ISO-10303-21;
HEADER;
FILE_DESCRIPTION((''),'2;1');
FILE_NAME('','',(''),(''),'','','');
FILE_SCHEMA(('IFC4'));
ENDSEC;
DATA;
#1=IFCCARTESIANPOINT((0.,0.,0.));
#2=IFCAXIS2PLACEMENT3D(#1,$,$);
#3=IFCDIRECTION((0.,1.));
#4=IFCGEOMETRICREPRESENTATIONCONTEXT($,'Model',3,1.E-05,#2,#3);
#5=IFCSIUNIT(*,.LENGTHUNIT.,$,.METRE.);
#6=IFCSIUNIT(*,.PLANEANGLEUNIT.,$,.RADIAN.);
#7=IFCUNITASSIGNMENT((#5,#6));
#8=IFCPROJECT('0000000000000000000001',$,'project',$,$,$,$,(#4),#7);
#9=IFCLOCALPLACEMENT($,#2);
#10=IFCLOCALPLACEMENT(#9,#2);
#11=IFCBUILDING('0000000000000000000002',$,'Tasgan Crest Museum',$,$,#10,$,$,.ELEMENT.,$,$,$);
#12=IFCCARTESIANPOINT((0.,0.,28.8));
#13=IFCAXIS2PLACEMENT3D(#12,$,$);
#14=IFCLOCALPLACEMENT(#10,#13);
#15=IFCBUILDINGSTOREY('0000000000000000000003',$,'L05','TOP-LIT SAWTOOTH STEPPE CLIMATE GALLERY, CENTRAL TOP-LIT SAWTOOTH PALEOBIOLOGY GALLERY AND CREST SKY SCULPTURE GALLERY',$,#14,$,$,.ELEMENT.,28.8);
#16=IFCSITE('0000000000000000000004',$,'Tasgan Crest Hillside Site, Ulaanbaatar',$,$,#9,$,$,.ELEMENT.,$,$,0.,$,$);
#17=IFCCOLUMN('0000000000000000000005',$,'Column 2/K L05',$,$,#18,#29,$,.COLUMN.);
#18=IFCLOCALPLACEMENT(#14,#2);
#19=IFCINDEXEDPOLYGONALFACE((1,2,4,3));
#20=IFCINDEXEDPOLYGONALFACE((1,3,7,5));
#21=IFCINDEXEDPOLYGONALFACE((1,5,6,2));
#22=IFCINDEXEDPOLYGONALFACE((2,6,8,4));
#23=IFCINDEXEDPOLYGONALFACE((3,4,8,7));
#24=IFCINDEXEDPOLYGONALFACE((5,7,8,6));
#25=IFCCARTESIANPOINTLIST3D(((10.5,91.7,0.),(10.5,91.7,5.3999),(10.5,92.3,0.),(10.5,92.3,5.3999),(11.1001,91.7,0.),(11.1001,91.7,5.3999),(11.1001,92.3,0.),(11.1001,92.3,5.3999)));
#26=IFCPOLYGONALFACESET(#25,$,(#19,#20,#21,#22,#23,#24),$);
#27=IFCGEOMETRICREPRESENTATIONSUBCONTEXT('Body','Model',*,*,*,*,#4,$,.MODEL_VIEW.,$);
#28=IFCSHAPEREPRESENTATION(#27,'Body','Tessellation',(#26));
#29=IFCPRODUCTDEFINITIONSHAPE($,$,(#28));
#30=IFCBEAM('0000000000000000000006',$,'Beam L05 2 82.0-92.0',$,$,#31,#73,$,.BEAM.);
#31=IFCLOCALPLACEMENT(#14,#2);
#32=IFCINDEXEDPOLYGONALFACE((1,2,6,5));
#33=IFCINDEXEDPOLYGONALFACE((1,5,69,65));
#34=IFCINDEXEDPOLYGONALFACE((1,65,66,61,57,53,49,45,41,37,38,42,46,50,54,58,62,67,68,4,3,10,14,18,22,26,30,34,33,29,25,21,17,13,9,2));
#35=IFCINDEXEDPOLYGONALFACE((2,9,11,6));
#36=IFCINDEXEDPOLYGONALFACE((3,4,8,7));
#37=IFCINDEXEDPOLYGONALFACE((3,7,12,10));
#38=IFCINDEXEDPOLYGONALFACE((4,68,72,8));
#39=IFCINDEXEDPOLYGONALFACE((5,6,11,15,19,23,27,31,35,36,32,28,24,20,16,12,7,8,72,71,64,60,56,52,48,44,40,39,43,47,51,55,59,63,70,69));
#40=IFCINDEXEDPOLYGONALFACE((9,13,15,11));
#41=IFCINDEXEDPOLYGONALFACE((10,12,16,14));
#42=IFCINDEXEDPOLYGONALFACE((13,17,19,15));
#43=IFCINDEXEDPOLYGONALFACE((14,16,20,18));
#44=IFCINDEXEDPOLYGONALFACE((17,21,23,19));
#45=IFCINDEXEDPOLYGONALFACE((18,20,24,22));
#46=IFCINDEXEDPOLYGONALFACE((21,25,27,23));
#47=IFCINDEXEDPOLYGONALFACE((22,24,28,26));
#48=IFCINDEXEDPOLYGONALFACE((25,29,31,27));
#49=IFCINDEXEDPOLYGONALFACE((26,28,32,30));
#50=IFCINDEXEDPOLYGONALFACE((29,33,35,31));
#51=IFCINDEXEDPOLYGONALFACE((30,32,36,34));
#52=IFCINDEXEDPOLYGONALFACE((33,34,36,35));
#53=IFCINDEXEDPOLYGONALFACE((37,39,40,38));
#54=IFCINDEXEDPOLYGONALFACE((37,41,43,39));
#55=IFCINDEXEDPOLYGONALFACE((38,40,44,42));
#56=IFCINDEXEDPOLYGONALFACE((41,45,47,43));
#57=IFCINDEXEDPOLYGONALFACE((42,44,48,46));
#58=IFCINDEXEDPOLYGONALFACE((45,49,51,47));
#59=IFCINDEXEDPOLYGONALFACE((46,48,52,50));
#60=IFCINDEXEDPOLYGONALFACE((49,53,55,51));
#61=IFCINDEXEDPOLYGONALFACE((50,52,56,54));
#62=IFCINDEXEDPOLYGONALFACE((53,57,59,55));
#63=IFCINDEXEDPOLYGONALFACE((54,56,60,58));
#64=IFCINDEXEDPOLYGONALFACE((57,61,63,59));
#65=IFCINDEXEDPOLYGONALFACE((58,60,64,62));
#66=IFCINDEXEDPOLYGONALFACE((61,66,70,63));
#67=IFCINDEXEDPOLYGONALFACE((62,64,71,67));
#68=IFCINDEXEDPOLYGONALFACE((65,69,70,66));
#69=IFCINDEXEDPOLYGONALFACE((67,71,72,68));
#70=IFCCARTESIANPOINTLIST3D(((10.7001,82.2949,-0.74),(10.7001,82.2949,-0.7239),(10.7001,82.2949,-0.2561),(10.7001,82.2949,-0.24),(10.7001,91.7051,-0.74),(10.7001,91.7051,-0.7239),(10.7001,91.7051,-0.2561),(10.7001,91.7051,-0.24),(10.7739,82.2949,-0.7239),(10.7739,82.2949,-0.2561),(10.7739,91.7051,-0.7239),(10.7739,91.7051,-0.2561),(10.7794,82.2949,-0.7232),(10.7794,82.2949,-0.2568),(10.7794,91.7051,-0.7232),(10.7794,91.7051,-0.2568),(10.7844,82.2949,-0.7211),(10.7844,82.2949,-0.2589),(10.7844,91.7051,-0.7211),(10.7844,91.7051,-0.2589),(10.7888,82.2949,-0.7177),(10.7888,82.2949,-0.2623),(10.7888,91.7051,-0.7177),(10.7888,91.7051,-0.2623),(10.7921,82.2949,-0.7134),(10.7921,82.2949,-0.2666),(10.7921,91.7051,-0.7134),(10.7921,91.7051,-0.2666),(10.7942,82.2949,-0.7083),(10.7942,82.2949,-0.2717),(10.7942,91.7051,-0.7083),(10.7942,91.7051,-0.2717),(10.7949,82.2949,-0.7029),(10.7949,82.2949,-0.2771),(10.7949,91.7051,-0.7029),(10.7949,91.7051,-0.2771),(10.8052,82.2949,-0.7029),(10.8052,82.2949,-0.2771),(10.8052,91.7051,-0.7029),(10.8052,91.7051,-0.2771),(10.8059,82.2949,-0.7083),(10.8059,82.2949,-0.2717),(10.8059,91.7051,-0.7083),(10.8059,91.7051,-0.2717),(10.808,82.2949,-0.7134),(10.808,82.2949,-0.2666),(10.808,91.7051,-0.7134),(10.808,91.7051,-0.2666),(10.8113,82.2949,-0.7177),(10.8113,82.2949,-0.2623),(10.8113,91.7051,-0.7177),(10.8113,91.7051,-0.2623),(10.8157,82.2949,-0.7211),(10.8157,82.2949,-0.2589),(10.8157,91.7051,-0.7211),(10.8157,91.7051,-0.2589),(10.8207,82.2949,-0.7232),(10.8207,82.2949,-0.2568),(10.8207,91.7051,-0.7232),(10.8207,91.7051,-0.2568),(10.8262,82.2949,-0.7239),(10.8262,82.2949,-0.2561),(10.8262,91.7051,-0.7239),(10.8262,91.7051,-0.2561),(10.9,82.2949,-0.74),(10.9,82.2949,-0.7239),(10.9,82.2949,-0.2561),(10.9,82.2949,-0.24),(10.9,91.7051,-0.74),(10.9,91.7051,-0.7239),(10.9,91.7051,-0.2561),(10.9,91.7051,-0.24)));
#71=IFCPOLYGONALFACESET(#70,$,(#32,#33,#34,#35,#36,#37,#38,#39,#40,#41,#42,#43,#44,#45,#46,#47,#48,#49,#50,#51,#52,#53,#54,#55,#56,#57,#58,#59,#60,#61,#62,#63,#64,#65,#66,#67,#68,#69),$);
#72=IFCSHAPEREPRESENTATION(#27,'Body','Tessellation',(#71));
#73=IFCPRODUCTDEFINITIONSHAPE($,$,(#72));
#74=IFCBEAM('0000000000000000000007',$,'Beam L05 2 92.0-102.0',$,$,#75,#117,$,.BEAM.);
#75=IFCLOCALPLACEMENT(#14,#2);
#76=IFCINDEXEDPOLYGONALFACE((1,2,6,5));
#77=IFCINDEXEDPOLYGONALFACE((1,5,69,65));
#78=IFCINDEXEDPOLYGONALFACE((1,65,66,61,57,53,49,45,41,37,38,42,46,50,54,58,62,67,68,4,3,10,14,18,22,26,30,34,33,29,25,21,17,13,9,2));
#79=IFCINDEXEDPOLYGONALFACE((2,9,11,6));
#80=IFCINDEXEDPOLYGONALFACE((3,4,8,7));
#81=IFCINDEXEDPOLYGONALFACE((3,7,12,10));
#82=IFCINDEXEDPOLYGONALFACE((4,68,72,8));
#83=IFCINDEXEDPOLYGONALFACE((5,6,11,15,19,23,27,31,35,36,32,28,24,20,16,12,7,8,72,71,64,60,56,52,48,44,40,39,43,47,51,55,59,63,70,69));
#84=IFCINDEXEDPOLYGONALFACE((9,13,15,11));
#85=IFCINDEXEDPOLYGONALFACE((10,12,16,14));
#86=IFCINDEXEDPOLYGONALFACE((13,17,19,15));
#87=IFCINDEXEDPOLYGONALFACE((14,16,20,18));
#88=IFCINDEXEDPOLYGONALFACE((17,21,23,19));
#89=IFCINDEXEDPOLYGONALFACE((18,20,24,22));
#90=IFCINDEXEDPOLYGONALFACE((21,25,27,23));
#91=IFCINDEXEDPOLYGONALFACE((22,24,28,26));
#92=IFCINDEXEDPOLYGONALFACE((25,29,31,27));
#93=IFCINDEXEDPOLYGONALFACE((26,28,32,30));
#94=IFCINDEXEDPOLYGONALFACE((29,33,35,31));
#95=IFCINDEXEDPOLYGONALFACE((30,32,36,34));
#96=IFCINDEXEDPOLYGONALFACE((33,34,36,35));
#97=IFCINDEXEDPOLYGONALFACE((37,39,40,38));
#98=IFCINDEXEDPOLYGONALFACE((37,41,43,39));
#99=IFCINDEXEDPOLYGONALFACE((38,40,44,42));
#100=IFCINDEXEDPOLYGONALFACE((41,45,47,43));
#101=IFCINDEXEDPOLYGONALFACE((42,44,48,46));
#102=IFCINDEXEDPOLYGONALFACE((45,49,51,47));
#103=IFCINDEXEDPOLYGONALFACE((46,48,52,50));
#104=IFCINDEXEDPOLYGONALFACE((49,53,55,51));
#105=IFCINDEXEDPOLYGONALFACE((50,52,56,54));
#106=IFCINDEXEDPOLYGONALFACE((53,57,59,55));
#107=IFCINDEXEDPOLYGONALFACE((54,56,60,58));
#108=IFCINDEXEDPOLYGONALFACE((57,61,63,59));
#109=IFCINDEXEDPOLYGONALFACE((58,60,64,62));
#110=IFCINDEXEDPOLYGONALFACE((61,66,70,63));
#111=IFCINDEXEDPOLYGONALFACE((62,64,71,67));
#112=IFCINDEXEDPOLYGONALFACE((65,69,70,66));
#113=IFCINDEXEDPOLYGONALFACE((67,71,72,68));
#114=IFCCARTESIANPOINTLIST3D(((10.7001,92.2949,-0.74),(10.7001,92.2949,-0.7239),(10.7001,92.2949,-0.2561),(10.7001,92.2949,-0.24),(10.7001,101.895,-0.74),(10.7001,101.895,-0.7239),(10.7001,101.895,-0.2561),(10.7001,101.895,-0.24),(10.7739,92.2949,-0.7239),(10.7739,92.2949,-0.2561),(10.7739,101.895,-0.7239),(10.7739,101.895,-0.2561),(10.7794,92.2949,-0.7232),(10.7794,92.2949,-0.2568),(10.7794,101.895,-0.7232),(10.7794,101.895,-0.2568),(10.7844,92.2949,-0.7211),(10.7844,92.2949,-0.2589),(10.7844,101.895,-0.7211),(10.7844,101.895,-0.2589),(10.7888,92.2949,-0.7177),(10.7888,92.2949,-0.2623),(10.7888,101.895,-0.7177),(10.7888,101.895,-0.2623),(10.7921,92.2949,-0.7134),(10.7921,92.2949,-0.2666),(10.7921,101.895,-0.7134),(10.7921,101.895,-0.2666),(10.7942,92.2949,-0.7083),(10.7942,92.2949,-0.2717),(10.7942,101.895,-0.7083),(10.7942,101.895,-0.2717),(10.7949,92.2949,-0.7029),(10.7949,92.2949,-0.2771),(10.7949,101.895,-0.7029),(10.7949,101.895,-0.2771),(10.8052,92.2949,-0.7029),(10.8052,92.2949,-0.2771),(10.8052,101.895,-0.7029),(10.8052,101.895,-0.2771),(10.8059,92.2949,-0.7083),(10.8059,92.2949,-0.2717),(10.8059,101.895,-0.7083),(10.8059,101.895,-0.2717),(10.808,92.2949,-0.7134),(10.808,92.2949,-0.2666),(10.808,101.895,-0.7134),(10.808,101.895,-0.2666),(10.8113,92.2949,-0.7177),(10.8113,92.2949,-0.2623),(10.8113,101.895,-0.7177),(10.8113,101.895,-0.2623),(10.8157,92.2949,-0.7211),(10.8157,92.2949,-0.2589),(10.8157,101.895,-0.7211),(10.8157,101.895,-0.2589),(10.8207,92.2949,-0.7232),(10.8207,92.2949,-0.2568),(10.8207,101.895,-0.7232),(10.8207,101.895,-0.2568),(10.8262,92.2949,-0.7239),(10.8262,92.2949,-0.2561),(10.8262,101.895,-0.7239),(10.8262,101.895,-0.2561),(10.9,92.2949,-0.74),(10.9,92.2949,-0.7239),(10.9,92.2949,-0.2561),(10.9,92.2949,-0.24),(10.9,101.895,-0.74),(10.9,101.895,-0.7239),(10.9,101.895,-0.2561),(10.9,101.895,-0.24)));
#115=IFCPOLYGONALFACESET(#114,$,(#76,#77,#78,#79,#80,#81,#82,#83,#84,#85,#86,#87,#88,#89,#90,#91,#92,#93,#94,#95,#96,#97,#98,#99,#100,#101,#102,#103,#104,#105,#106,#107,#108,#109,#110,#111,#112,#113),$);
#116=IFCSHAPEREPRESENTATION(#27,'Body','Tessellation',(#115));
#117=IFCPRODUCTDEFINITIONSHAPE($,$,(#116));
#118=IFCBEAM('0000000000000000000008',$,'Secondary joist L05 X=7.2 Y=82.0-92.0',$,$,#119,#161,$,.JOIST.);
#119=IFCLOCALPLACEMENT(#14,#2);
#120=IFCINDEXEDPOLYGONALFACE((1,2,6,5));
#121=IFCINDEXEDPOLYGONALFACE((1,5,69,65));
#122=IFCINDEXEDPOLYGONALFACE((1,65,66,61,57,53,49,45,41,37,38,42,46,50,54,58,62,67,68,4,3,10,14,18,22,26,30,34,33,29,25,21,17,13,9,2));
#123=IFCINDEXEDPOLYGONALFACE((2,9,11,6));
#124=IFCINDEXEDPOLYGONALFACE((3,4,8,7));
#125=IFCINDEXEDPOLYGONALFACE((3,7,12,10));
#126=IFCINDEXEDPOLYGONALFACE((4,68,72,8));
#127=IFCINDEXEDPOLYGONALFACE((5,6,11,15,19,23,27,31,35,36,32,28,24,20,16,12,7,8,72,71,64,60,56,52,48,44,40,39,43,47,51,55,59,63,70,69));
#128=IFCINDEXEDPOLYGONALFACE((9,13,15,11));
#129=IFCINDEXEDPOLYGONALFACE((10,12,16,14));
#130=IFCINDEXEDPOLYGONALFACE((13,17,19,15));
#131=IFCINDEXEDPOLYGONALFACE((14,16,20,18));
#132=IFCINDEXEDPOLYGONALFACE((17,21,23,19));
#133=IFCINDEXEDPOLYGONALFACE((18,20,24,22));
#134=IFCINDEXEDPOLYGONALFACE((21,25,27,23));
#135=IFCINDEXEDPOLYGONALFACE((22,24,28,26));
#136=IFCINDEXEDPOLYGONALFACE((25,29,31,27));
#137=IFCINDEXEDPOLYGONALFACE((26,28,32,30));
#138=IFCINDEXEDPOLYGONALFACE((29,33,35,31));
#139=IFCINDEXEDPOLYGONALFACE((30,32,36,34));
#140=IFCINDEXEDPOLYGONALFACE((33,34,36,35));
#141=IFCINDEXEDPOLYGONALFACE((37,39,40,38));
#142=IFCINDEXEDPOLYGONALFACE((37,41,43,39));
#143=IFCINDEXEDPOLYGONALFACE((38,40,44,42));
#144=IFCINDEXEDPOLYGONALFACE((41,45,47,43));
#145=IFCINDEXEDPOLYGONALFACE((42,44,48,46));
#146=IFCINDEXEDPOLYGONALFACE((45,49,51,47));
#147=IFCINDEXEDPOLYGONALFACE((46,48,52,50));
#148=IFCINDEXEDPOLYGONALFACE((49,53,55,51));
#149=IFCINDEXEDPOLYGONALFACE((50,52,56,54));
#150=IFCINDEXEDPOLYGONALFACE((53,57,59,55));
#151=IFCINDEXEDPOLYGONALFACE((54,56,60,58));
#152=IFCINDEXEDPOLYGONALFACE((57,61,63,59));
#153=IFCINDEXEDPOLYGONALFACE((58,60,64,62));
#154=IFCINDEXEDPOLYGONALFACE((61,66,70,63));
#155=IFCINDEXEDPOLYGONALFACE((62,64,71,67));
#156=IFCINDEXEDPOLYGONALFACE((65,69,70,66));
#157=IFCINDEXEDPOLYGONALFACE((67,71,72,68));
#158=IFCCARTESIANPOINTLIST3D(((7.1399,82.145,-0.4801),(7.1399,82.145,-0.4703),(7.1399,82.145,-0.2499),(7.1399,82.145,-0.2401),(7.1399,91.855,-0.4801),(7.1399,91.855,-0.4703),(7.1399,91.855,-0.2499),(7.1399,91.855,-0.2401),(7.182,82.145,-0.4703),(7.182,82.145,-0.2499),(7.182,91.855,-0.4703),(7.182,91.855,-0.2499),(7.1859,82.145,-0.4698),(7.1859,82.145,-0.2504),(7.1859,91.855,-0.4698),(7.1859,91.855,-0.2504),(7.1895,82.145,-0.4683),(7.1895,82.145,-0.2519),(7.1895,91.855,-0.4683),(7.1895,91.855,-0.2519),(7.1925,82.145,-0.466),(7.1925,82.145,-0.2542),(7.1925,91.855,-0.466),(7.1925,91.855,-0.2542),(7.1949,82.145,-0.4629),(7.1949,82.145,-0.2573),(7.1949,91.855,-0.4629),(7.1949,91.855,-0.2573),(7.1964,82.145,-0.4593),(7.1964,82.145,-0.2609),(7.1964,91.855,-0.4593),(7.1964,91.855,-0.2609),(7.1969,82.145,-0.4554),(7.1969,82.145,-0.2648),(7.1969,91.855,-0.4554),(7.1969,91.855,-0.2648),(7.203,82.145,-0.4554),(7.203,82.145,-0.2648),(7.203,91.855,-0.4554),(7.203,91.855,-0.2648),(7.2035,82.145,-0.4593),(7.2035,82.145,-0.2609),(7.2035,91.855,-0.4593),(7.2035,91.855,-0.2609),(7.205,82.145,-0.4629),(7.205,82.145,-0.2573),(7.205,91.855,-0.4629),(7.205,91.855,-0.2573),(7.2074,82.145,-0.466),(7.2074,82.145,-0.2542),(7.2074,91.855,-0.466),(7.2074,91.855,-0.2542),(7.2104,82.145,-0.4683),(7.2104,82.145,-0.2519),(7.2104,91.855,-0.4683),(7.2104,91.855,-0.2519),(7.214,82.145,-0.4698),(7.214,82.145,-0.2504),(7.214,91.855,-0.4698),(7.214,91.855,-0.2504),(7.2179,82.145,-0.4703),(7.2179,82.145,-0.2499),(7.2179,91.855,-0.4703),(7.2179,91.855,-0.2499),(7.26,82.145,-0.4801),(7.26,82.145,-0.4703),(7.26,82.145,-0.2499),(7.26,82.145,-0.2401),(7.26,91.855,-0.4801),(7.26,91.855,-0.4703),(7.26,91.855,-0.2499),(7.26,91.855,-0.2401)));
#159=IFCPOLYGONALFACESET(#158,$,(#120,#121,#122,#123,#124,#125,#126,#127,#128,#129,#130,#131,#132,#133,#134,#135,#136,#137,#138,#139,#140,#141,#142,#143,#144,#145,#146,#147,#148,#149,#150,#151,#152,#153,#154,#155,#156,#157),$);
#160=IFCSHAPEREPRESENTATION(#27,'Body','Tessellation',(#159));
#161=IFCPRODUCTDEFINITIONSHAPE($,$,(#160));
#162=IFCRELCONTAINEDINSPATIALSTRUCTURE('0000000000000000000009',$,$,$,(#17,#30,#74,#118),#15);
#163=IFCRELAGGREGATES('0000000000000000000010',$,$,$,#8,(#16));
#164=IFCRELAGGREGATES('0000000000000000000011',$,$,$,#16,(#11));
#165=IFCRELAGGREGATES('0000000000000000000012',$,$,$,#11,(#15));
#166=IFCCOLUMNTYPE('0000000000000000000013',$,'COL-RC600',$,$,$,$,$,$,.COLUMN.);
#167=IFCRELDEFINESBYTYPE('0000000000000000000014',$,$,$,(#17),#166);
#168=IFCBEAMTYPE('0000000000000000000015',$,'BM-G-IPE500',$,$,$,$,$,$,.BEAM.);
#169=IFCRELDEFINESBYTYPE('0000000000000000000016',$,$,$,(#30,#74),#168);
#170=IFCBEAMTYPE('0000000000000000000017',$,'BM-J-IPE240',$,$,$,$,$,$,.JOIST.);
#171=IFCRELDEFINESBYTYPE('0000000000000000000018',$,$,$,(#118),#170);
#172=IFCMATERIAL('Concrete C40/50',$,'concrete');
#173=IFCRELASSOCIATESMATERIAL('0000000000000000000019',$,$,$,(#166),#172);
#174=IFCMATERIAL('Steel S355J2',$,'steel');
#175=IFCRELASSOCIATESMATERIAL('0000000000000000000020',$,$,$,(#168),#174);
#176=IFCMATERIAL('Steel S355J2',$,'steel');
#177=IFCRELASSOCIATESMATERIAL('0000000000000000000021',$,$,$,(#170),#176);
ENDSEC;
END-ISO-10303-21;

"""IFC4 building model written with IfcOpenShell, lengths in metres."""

from ifc_helpers import new_model, si_unit, direction, frame, origin, origin_2d, place, context, subcontext, project, spatial, rectangle, i_section, extrude, material, material_profile, profile_set, type_object, element, save


model = new_model("IFC4")

# Units and contexts
model_context = context("Model", 3, precision=1e-05, world=origin(), true_north=direction((0.0, 1.0)))
body_context = subcontext(model_context, "Body", "Model", "MODEL_VIEW")
ifc_project = project(units=[si_unit("LENGTHUNIT", "METRE"), si_unit("PLANEANGLEUNIT", "RADIAN")], contexts=[model_context])

# Site, building, storey
site_placement = place(None, origin())
site = spatial("IfcSite", under=ifc_project, at=site_placement, Name="Tasgan Crest Hillside Site, Ulaanbaatar", CompositionType="ELEMENT", RefElevation=0.0)
building_placement = place(site_placement, origin())
building = spatial("IfcBuilding", under=site, at=building_placement, Name="Tasgan Crest Museum", CompositionType="ELEMENT")
storey_placement = place(building_placement, frame((0.0, 0.0, 28.8)))
storey = spatial("IfcBuildingStorey", under=building, at=storey_placement, Name="L05", Description="TOP-LIT SAWTOOTH STEPPE CLIMATE GALLERY, CENTRAL TOP-LIT SAWTOOTH PALEOBIOLOGY GALLERY AND CREST SKY SCULPTURE GALLERY", CompositionType="ELEMENT", Elevation=28.8)

# Column
ifc_material_1 = material(Name="Concrete C40/50", Category="concrete")
ifc_material_profile_1 = material_profile(ifc_material_1, rectangle(XDim=0.6001, YDim=0.6001, at=origin_2d()), Name="RC 600x600")
ifc_profile_set_1 = profile_set([ifc_material_profile_1], Name="Concrete C40/50")
column_type = type_object("IfcColumnType", Name="COL-RC600", PredefinedType="COLUMN", material=ifc_profile_set_1)
column_placement = place(storey_placement, frame((10.8, 92.0, 0.0), z_axis=(0.0, 0.0, 1.0), x_axis=(1.0, 0.0, 0.0)))
element("IfcColumn", 1, at=column_placement, inside=storey, type_object=column_type, Name="Column 2/K L05", PredefinedType="COLUMN", context=body_context, shape_type="SweptSolid", body=[
    extrude(rectangle(XDim=0.6001, YDim=0.6001, at=origin_2d()), origin(), (0.0, 0.0, 1.0), 5.3999),
])

# Beams
ifc_material_2 = material(Name="Steel S355J2", Category="steel")
ifc_material_profile_2 = material_profile(ifc_material_2, i_section(OverallWidth=0.2, OverallDepth=0.5, WebThickness=0.0103, FlangeThickness=0.0161, FilletRadius=0.021, at=origin_2d()), Name="IPE 500")
ifc_profile_set_2 = profile_set([ifc_material_profile_2], Name="Steel S355J2")
beam_type_1 = type_object("IfcBeamType", Name="BM-G-IPE500", PredefinedType="BEAM", material=ifc_profile_set_2)
beam_1_placement = place(storey_placement, frame((10.8, 82.2949, -0.49), z_axis=(0.0, 1.0, 0.0), x_axis=(-1.0, 0.0, 0.0)))
element("IfcBeam", 2, at=beam_1_placement, inside=storey, type_object=beam_type_1, Name="Beam L05 2 82.0-92.0", PredefinedType="BEAM", context=body_context, shape_type="SweptSolid", body=[
    extrude(i_section(OverallWidth=0.2, OverallDepth=0.5, WebThickness=0.0103, FlangeThickness=0.0161, FilletRadius=0.021, at=origin_2d()), origin(), (0.0, 0.0, 1.0), 9.4102),
])
beam_2_placement = place(storey_placement, frame((10.8, 92.2949, -0.49), z_axis=(0.0, 1.0, 0.0), x_axis=(-1.0, 0.0, 0.0)))
element("IfcBeam", 3, at=beam_2_placement, inside=storey, type_object=beam_type_1, Name="Beam L05 2 92.0-102.0", PredefinedType="BEAM", context=body_context, shape_type="SweptSolid", body=[
    extrude(i_section(OverallWidth=0.2, OverallDepth=0.5, WebThickness=0.0103, FlangeThickness=0.0161, FilletRadius=0.021, at=origin_2d()), origin(), (0.0, 0.0, 1.0), 9.6001),
])
ifc_material_3 = material(Name="Steel S355J2", Category="steel")
ifc_material_profile_3 = material_profile(ifc_material_3, i_section(OverallWidth=0.1201, OverallDepth=0.24, WebThickness=0.0061, FlangeThickness=0.0098, FilletRadius=0.0149, at=origin_2d()), Name="IPE 240")
ifc_profile_set_3 = profile_set([ifc_material_profile_3], Name="Steel S355J2")
beam_type_2 = type_object("IfcBeamType", Name="BM-J-IPE240", PredefinedType="JOIST", material=ifc_profile_set_3)
beam_3_placement = place(storey_placement, frame((7.2, 82.145, -0.3601), z_axis=(0.0, 1.0, 0.0), x_axis=(-1.0, 0.0, 0.0)))
element("IfcBeam", 4, at=beam_3_placement, inside=storey, type_object=beam_type_2, Name="Secondary joist L05 X=7.2 Y=82.0-92.0", PredefinedType="JOIST", context=body_context, shape_type="SweptSolid", body=[
    extrude(i_section(OverallWidth=0.1201, OverallDepth=0.24, WebThickness=0.0061, FlangeThickness=0.0098, FilletRadius=0.0149, at=origin_2d()), origin(), (0.0, 0.0, 1.0), 9.71),
])

save(model, "model.ifc")
